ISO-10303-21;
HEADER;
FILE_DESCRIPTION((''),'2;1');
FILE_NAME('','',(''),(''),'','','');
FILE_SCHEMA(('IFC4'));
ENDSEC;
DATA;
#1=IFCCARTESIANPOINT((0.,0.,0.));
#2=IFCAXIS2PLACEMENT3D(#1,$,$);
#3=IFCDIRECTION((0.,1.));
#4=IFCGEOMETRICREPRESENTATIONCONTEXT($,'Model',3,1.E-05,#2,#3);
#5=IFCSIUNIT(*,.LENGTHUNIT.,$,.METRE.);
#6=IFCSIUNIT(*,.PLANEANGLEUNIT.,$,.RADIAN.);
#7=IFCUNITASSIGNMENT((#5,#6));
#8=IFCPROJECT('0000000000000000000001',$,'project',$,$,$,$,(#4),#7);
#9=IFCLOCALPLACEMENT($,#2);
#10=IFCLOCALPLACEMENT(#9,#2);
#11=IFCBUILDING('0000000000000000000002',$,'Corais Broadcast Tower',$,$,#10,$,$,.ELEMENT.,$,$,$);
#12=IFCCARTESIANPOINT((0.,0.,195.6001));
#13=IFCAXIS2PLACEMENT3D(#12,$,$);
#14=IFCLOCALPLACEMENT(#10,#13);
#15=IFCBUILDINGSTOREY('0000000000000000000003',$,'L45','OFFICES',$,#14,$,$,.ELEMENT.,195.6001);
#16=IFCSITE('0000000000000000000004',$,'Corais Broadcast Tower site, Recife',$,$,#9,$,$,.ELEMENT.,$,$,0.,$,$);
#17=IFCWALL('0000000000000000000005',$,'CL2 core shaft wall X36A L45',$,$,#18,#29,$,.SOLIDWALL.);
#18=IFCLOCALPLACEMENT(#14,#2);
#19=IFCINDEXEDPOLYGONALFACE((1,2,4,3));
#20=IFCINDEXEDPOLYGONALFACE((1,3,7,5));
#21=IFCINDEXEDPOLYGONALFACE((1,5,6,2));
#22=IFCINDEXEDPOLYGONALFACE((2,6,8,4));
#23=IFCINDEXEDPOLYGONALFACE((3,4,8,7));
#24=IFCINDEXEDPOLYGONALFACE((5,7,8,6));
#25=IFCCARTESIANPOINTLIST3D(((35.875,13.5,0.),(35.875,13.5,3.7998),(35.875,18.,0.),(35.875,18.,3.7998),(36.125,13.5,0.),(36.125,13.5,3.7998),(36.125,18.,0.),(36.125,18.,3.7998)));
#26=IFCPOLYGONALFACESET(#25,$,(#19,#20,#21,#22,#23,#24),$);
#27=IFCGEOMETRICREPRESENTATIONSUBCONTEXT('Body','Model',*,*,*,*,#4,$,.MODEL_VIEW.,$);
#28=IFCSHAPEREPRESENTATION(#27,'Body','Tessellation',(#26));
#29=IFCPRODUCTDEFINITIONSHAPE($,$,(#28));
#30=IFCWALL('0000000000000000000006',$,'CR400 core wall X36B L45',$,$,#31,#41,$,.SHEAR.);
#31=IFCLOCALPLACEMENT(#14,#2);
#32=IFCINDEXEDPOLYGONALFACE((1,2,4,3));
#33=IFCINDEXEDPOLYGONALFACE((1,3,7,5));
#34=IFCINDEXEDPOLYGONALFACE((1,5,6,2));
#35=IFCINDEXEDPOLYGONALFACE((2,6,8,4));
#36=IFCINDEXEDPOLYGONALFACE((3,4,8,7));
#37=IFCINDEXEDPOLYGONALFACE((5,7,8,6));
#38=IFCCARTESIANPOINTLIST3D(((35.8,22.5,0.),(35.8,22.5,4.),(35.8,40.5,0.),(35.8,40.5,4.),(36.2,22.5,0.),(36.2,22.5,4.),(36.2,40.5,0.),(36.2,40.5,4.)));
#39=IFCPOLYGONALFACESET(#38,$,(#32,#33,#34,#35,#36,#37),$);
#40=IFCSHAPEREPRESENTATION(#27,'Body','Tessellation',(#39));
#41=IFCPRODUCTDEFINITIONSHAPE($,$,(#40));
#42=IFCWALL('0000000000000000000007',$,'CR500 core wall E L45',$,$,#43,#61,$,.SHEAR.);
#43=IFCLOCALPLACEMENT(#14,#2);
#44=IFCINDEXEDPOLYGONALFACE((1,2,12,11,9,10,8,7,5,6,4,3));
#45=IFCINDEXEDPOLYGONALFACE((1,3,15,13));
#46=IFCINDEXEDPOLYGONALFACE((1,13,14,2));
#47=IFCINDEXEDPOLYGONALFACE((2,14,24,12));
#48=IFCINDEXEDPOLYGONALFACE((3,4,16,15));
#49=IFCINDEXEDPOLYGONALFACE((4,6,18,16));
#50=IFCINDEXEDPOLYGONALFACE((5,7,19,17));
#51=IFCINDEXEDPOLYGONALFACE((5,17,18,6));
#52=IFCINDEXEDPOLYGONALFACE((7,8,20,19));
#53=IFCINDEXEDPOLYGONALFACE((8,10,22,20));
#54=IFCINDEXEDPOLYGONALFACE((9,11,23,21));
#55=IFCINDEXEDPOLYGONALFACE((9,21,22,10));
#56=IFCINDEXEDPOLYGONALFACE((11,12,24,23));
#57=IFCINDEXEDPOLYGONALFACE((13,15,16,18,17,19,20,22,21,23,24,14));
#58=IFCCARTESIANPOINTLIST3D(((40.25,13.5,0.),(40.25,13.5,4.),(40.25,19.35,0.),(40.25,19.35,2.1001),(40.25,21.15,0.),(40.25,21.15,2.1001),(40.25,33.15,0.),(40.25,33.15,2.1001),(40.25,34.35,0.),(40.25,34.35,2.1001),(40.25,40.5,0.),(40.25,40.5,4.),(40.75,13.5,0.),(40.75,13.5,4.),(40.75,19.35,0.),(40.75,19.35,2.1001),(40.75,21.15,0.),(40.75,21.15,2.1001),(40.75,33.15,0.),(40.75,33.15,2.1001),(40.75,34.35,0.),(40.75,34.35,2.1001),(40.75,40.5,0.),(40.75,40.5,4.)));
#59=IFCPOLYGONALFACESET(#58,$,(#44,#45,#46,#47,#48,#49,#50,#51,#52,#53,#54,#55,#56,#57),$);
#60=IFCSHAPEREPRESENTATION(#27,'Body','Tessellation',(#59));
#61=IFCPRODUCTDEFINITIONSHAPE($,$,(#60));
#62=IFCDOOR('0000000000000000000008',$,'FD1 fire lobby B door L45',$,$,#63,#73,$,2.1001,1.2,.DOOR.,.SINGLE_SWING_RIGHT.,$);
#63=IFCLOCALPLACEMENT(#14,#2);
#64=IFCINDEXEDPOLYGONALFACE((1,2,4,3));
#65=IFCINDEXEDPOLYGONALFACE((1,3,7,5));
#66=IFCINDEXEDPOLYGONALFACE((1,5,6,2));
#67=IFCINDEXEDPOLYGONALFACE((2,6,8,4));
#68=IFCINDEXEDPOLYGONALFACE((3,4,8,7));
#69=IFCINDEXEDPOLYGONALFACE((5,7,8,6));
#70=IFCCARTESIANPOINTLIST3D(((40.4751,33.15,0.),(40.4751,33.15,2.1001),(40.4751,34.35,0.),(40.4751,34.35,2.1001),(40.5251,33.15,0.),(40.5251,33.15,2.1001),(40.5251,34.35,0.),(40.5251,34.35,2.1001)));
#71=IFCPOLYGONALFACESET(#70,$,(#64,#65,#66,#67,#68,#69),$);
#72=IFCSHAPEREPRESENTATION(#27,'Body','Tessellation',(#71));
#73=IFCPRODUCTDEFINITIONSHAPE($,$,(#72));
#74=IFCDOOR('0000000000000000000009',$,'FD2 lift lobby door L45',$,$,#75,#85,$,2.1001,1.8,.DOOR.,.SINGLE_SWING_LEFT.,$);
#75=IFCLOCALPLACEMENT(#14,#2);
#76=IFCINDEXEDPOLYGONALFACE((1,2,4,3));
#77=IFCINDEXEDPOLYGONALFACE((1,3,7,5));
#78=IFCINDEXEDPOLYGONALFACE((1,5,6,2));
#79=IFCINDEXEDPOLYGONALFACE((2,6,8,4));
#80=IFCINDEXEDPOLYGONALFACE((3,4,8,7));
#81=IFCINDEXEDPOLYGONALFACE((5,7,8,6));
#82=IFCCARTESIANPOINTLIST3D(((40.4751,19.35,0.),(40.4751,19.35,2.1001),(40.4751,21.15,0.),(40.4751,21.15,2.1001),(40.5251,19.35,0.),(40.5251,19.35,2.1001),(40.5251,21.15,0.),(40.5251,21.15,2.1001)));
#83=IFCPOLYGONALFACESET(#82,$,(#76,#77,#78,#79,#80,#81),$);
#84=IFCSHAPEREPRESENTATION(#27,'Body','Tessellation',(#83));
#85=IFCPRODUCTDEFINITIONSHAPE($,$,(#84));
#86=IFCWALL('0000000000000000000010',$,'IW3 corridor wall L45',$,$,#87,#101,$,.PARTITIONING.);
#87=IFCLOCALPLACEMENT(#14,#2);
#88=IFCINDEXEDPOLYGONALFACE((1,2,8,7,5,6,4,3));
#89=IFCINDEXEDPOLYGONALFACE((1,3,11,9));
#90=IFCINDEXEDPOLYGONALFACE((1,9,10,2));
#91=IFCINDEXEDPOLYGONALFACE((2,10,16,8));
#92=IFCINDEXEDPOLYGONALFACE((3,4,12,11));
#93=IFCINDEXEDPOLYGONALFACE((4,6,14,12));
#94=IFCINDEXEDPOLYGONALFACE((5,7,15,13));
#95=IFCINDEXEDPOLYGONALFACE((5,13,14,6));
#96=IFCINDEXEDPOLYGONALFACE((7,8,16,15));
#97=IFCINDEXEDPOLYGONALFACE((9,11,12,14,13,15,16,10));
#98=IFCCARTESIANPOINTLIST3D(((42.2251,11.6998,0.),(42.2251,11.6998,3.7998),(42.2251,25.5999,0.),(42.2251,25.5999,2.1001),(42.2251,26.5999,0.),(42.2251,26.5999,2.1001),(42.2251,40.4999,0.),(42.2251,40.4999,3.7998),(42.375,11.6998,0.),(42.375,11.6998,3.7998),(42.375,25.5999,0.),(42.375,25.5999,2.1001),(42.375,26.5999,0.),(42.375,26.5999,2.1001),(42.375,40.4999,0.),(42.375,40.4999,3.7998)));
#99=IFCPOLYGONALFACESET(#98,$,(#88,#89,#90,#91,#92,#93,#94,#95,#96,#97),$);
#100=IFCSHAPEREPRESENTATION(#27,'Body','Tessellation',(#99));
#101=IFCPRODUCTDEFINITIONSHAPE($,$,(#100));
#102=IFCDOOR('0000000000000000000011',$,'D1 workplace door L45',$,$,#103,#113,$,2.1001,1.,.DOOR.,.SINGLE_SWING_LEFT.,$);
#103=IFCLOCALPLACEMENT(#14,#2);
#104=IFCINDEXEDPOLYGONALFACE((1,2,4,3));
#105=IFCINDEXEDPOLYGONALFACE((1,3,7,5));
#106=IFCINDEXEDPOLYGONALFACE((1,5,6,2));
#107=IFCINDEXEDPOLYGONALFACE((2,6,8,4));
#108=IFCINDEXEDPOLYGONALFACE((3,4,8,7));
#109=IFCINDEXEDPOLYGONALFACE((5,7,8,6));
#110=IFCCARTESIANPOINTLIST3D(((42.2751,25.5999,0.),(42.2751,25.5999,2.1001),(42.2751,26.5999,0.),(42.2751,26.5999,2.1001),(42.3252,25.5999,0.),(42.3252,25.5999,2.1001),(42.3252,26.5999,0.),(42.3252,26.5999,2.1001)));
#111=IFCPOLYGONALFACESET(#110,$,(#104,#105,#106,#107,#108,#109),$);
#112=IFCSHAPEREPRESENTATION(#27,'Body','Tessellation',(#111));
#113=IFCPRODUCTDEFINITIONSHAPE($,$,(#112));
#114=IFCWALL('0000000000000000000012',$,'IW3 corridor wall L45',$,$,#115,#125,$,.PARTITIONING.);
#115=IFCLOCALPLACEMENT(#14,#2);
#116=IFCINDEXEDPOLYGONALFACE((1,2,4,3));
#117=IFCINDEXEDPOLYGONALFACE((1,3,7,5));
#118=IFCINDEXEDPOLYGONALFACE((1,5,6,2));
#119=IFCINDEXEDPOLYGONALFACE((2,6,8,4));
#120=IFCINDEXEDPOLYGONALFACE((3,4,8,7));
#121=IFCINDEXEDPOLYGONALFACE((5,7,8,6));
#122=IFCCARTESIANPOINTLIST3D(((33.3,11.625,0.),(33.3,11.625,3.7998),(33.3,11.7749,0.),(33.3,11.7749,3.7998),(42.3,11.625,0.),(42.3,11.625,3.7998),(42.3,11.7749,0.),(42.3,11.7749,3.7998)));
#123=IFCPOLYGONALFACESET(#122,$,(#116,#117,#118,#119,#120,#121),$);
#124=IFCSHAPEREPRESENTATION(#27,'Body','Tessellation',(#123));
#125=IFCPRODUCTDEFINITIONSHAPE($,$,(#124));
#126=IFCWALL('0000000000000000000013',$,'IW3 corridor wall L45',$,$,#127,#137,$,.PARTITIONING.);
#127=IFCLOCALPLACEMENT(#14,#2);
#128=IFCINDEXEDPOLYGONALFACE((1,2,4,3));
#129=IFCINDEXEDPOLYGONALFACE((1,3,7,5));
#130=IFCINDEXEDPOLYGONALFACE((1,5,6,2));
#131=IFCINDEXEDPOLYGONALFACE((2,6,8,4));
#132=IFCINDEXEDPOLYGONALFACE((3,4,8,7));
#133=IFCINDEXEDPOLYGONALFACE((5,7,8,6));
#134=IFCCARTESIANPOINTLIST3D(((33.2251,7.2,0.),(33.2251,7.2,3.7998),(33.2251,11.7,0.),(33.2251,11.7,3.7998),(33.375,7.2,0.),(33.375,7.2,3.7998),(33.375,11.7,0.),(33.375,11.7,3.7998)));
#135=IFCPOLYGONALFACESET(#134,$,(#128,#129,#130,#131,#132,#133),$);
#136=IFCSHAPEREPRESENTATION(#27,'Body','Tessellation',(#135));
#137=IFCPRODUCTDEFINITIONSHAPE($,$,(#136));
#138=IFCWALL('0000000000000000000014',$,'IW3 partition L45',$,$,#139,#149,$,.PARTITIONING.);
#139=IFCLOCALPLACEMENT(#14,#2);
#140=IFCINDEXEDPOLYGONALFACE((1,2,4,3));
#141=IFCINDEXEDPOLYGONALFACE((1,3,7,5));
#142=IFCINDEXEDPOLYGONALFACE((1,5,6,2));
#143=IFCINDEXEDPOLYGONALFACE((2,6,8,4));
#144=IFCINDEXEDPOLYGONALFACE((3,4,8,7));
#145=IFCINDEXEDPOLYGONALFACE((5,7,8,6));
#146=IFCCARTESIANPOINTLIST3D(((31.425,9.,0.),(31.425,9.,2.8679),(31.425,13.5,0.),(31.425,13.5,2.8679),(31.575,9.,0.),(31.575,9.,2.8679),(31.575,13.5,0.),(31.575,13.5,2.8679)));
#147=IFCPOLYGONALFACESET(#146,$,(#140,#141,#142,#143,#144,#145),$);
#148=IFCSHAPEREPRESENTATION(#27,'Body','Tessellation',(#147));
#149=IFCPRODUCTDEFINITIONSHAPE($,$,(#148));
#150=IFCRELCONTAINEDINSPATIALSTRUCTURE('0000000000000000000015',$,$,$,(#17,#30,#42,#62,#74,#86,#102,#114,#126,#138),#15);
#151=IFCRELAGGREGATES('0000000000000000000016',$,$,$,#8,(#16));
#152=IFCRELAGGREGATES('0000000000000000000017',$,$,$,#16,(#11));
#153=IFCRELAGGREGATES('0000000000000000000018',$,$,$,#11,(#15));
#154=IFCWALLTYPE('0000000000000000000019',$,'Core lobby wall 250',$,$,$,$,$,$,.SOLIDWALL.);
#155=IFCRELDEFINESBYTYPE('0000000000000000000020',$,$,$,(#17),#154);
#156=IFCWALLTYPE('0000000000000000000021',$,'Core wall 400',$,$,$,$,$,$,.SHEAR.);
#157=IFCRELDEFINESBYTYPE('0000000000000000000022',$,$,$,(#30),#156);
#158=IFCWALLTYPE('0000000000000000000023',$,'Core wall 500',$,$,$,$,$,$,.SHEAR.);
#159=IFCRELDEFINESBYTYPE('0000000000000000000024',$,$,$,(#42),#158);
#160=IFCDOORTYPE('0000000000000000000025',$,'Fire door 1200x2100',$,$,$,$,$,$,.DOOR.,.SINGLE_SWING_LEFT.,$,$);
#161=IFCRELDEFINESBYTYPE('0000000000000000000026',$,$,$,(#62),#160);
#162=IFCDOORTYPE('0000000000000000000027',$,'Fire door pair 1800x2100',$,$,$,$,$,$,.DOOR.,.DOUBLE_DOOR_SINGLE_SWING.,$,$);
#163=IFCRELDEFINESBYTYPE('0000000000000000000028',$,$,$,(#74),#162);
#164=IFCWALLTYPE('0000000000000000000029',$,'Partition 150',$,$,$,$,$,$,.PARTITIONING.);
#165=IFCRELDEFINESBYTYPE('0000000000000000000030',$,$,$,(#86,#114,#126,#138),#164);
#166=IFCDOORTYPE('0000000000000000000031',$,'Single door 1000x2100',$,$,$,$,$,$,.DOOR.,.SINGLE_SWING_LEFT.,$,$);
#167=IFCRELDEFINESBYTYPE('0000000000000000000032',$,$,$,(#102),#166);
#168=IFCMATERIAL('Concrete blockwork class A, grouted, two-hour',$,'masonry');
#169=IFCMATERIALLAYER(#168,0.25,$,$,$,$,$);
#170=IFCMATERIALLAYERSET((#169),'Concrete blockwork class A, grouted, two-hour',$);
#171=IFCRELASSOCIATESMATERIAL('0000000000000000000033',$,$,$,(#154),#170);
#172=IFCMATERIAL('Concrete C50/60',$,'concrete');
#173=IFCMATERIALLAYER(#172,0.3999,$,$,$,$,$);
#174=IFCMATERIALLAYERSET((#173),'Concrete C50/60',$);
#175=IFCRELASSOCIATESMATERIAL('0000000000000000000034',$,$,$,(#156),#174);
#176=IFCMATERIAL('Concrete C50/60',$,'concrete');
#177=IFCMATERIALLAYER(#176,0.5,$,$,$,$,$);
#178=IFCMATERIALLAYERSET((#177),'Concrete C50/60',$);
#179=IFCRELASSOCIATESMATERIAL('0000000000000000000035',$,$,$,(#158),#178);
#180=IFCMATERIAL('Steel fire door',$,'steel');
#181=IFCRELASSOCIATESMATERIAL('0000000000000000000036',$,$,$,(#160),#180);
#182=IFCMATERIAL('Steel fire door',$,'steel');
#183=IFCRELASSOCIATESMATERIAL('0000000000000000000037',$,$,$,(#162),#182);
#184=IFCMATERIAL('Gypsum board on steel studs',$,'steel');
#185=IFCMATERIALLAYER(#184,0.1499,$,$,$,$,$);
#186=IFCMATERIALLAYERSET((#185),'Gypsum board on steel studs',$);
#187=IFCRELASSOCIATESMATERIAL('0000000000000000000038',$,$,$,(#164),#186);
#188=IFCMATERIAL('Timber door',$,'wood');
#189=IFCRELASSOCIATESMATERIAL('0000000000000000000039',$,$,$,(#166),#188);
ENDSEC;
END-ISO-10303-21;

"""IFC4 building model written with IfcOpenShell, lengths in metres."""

from ifc_helpers import new_model, si_unit, direction, frame, frame_2d, origin, place, context, subcontext, project, spatial, rectangle, extrude, material, layer, layer_set, type_object, element, fill, save


model = new_model("IFC4")

# Units and contexts
model_context = context("Model", 3, precision=1e-05, world=origin(), true_north=direction((0.0, 1.0)))
body_context = subcontext(model_context, "Body", "Model", "MODEL_VIEW")
ifc_project = project(units=[si_unit("LENGTHUNIT", "METRE"), si_unit("PLANEANGLEUNIT", "RADIAN")], contexts=[model_context])

# Site, building, storey
site_placement = place(None, origin())
site = spatial("IfcSite", under=ifc_project, at=site_placement, Name="Corais Broadcast Tower site, Recife", CompositionType="ELEMENT", RefElevation=0.0)
building_placement = place(site_placement, origin())
building = spatial("IfcBuilding", under=site, at=building_placement, Name="Corais Broadcast Tower", CompositionType="ELEMENT")
storey_placement = place(building_placement, frame((0.0, 0.0, 195.6001)))
storey = spatial("IfcBuildingStorey", under=building, at=storey_placement, Name="L45", Description="OFFICES", CompositionType="ELEMENT", Elevation=195.6001)

# Walls
ifc_material_1 = material(Name="Concrete blockwork class A, grouted, two-hour", Category="masonry")
ifc_layer_1 = layer(ifc_material_1, 0.25)
ifc_layer_set_1 = layer_set([ifc_layer_1], Name="Concrete blockwork class A, grouted, two-hour")
wall_type_1 = type_object("IfcWallType", Name="Core lobby wall 250", PredefinedType="SOLIDWALL", material=ifc_layer_set_1)
wall_1_placement = place(storey_placement, frame((36.0, 13.5, 0.0), z_axis=(0.0, 0.0, 1.0), x_axis=(0.0, 1.0, 0.0)))
element("IfcWall", 1, at=wall_1_placement, inside=storey, type_object=wall_type_1, Name="CL2 core shaft wall X36A L45", PredefinedType="SOLIDWALL", context=body_context, shape_type="SweptSolid", body=[
    extrude(rectangle(XDim=4.5, YDim=0.25, at=frame_2d((2.25, 0.0))), origin(), (0.0, 0.0, 1.0), 3.7998),
])
ifc_material_2 = material(Name="Concrete C50/60", Category="concrete")
ifc_layer_2 = layer(ifc_material_2, 0.3999)
ifc_layer_set_2 = layer_set([ifc_layer_2], Name="Concrete C50/60")
wall_type_2 = type_object("IfcWallType", Name="Core wall 400", PredefinedType="SHEAR", material=ifc_layer_set_2)
wall_2_placement = place(storey_placement, frame((36.0, 22.5, 0.0), z_axis=(0.0, 0.0, 1.0), x_axis=(0.0, 1.0, 0.0)))
element("IfcWall", 2, at=wall_2_placement, inside=storey, type_object=wall_type_2, Name="CR400 core wall X36B L45", PredefinedType="SHEAR", context=body_context, shape_type="SweptSolid", body=[
    extrude(rectangle(XDim=18.0, YDim=0.3999, at=frame_2d((9.0, 0.0))), origin(), (0.0, 0.0, 1.0), 4.0),
])

# Wall, openings, doors
ifc_material_3 = material(Name="Concrete C50/60", Category="concrete")
ifc_layer_3 = layer(ifc_material_3, 0.5)
ifc_layer_set_3 = layer_set([ifc_layer_3], Name="Concrete C50/60")
wall_type_3 = type_object("IfcWallType", Name="Core wall 500", PredefinedType="SHEAR", material=ifc_layer_set_3)
wall_3_placement = place(storey_placement, frame((40.5, 13.5, 0.0), z_axis=(0.0, 0.0, 1.0), x_axis=(0.0, 1.0, 0.0)))
wall_3 = element("IfcWall", 3, at=wall_3_placement, inside=storey, type_object=wall_type_3, Name="CR500 core wall E L45", PredefinedType="SHEAR", context=body_context, shape_type="SweptSolid", body=[
    extrude(rectangle(XDim=27.0, YDim=0.5, at=frame_2d((13.5, 0.0))), origin(), (0.0, 0.0, 1.0), 4.0),
])
opening_1_placement = place(wall_3_placement, frame((5.8501, 0.0, 0.0)))
opening_1 = element("IfcOpeningElement", 4, at=opening_1_placement, cuts=wall_3, PredefinedType="OPENING", context=body_context, shape_type="SweptSolid", body=[
    extrude(rectangle(XDim=1.8, YDim=2.1001, at=frame_2d((0.8999, 1.05))), frame((0.0, 0.26, 0.0), z_axis=(0.0, -1.0, 0.0), x_axis=(1.0, 0.0, 0.0)), (0.0, 0.0, 1.0), 0.52),
])
opening_2_placement = place(wall_3_placement, frame((19.6499, 0.0, 0.0)))
opening_2 = element("IfcOpeningElement", 5, at=opening_2_placement, cuts=wall_3, PredefinedType="OPENING", context=body_context, shape_type="SweptSolid", body=[
    extrude(rectangle(XDim=1.2, YDim=2.1001, at=frame_2d((0.6001, 1.05))), frame((0.0, 0.26, 0.0), z_axis=(0.0, -1.0, 0.0), x_axis=(1.0, 0.0, 0.0)), (0.0, 0.0, 1.0), 0.52),
])
ifc_material_4 = material(Name="Steel fire door", Category="steel")
door_type_1 = type_object("IfcDoorType", Name="Fire door 1200x2100", OperationType="SINGLE_SWING_LEFT", PredefinedType="DOOR", material=ifc_material_4)
door_1_placement = place(opening_2_placement, origin())
door_1 = element("IfcDoor", 6, at=door_1_placement, inside=storey, type_object=door_type_1, Name="FD1 fire lobby B door L45", OperationType="SINGLE_SWING_RIGHT", OverallHeight=2.1001, OverallWidth=1.2, PredefinedType="DOOR", context=body_context, shape_type="SweptSolid", body=[
    extrude(rectangle(XDim=1.2, YDim=2.1001, at=frame_2d((0.6001, 1.05))), frame((0.0, 0.0249, 0.0), z_axis=(0.0, -1.0, 0.0), x_axis=(1.0, 0.0, 0.0)), (0.0, 0.0, 1.0), 0.05),
])
fill(opening_2, door_1)
ifc_material_5 = material(Name="Steel fire door", Category="steel")
door_type_2 = type_object("IfcDoorType", Name="Fire door pair 1800x2100", OperationType="DOUBLE_DOOR_SINGLE_SWING", PredefinedType="DOOR", material=ifc_material_5)
door_2_placement = place(opening_1_placement, origin())
door_2 = element("IfcDoor", 7, at=door_2_placement, inside=storey, type_object=door_type_2, Name="FD2 lift lobby door L45", OperationType="SINGLE_SWING_LEFT", OverallHeight=2.1001, OverallWidth=1.8, PredefinedType="DOOR", context=body_context, shape_type="SweptSolid", body=[
    extrude(rectangle(XDim=1.8, YDim=2.1001, at=frame_2d((0.8999, 1.05))), frame((0.0, 0.0249, 0.0), z_axis=(0.0, -1.0, 0.0), x_axis=(1.0, 0.0, 0.0)), (0.0, 0.0, 1.0), 0.05),
])
fill(opening_1, door_2)

# Wall, opening, door
ifc_material_6 = material(Name="Gypsum board on steel studs", Category="steel")
ifc_layer_4 = layer(ifc_material_6, 0.1499)
ifc_layer_set_4 = layer_set([ifc_layer_4], Name="Gypsum board on steel studs")
wall_type_4 = type_object("IfcWallType", Name="Partition 150", PredefinedType="PARTITIONING", material=ifc_layer_set_4)
wall_4_placement = place(storey_placement, frame((42.3, 11.7, 0.0), z_axis=(0.0, 0.0, 1.0), x_axis=(0.0, 1.0, 0.0)))
wall_4 = element("IfcWall", 8, at=wall_4_placement, inside=storey, type_object=wall_type_4, Name="IW3 corridor wall L45", PredefinedType="PARTITIONING", context=body_context, shape_type="SweptSolid", body=[
    extrude(rectangle(XDim=28.8, YDim=0.1499, at=frame_2d((14.3999, 0.0))), origin(), (0.0, 0.0, 1.0), 3.7998),
])
opening_3_placement = place(wall_4_placement, frame((13.8999, 0.0, 0.0)))
opening_3 = element("IfcOpeningElement", 9, at=opening_3_placement, cuts=wall_4, PredefinedType="OPENING", context=body_context, shape_type="SweptSolid", body=[
    extrude(rectangle(XDim=1.0, YDim=2.1001, at=frame_2d((0.5, 1.05))), frame((0.0, 0.085, 0.0), z_axis=(0.0, -1.0, 0.0), x_axis=(1.0, 0.0, 0.0)), (0.0, 0.0, 1.0), 0.1699),
])
ifc_material_7 = material(Name="Timber door", Category="wood")
door_type_3 = type_object("IfcDoorType", Name="Single door 1000x2100", OperationType="SINGLE_SWING_LEFT", PredefinedType="DOOR", material=ifc_material_7)
door_3_placement = place(opening_3_placement, origin())
door_3 = element("IfcDoor", 10, at=door_3_placement, inside=storey, type_object=door_type_3, Name="D1 workplace door L45", OperationType="SINGLE_SWING_LEFT", OverallHeight=2.1001, OverallWidth=1.0, PredefinedType="DOOR", context=body_context, shape_type="SweptSolid", body=[
    extrude(rectangle(XDim=1.0, YDim=2.1001, at=frame_2d((0.5, 1.05))), frame((0.0, 0.0249, 0.0), z_axis=(0.0, -1.0, 0.0), x_axis=(1.0, 0.0, 0.0)), (0.0, 0.0, 1.0), 0.05),
])
fill(opening_3, door_3)

# Walls
wall_5_placement = place(storey_placement, frame((33.3, 11.7, 0.0), z_axis=(0.0, 0.0, 1.0), x_axis=(1.0, 0.0, 0.0)))
element("IfcWall", 11, at=wall_5_placement, inside=storey, type_object=wall_type_4, Name="IW3 corridor wall L45", PredefinedType="PARTITIONING", context=body_context, shape_type="SweptSolid", body=[
    extrude(rectangle(XDim=9.0, YDim=0.1499, at=frame_2d((4.5, 0.0))), origin(), (0.0, 0.0, 1.0), 3.7998),
])
wall_6_placement = place(storey_placement, frame((33.3, 7.2, 0.0), z_axis=(0.0, 0.0, 1.0), x_axis=(0.0, 1.0, 0.0)))
element("IfcWall", 12, at=wall_6_placement, inside=storey, type_object=wall_type_4, Name="IW3 corridor wall L45", PredefinedType="PARTITIONING", context=body_context, shape_type="SweptSolid", body=[
    extrude(rectangle(XDim=4.5, YDim=0.1499, at=frame_2d((2.25, 0.0))), origin(), (0.0, 0.0, 1.0), 3.7998),
])
wall_7_placement = place(storey_placement, frame((31.5, 9.0, 0.0), z_axis=(0.0, 0.0, 1.0), x_axis=(0.0, 1.0, 0.0)))
element("IfcWall", 13, at=wall_7_placement, inside=storey, type_object=wall_type_4, Name="IW3 partition L45", PredefinedType="PARTITIONING", context=body_context, shape_type="SweptSolid", body=[
    extrude(rectangle(XDim=4.5, YDim=0.1499, at=frame_2d((2.25, 0.0))), origin(), (0.0, 0.0, 1.0), 2.8679),
])

save(model, "model.ifc")
